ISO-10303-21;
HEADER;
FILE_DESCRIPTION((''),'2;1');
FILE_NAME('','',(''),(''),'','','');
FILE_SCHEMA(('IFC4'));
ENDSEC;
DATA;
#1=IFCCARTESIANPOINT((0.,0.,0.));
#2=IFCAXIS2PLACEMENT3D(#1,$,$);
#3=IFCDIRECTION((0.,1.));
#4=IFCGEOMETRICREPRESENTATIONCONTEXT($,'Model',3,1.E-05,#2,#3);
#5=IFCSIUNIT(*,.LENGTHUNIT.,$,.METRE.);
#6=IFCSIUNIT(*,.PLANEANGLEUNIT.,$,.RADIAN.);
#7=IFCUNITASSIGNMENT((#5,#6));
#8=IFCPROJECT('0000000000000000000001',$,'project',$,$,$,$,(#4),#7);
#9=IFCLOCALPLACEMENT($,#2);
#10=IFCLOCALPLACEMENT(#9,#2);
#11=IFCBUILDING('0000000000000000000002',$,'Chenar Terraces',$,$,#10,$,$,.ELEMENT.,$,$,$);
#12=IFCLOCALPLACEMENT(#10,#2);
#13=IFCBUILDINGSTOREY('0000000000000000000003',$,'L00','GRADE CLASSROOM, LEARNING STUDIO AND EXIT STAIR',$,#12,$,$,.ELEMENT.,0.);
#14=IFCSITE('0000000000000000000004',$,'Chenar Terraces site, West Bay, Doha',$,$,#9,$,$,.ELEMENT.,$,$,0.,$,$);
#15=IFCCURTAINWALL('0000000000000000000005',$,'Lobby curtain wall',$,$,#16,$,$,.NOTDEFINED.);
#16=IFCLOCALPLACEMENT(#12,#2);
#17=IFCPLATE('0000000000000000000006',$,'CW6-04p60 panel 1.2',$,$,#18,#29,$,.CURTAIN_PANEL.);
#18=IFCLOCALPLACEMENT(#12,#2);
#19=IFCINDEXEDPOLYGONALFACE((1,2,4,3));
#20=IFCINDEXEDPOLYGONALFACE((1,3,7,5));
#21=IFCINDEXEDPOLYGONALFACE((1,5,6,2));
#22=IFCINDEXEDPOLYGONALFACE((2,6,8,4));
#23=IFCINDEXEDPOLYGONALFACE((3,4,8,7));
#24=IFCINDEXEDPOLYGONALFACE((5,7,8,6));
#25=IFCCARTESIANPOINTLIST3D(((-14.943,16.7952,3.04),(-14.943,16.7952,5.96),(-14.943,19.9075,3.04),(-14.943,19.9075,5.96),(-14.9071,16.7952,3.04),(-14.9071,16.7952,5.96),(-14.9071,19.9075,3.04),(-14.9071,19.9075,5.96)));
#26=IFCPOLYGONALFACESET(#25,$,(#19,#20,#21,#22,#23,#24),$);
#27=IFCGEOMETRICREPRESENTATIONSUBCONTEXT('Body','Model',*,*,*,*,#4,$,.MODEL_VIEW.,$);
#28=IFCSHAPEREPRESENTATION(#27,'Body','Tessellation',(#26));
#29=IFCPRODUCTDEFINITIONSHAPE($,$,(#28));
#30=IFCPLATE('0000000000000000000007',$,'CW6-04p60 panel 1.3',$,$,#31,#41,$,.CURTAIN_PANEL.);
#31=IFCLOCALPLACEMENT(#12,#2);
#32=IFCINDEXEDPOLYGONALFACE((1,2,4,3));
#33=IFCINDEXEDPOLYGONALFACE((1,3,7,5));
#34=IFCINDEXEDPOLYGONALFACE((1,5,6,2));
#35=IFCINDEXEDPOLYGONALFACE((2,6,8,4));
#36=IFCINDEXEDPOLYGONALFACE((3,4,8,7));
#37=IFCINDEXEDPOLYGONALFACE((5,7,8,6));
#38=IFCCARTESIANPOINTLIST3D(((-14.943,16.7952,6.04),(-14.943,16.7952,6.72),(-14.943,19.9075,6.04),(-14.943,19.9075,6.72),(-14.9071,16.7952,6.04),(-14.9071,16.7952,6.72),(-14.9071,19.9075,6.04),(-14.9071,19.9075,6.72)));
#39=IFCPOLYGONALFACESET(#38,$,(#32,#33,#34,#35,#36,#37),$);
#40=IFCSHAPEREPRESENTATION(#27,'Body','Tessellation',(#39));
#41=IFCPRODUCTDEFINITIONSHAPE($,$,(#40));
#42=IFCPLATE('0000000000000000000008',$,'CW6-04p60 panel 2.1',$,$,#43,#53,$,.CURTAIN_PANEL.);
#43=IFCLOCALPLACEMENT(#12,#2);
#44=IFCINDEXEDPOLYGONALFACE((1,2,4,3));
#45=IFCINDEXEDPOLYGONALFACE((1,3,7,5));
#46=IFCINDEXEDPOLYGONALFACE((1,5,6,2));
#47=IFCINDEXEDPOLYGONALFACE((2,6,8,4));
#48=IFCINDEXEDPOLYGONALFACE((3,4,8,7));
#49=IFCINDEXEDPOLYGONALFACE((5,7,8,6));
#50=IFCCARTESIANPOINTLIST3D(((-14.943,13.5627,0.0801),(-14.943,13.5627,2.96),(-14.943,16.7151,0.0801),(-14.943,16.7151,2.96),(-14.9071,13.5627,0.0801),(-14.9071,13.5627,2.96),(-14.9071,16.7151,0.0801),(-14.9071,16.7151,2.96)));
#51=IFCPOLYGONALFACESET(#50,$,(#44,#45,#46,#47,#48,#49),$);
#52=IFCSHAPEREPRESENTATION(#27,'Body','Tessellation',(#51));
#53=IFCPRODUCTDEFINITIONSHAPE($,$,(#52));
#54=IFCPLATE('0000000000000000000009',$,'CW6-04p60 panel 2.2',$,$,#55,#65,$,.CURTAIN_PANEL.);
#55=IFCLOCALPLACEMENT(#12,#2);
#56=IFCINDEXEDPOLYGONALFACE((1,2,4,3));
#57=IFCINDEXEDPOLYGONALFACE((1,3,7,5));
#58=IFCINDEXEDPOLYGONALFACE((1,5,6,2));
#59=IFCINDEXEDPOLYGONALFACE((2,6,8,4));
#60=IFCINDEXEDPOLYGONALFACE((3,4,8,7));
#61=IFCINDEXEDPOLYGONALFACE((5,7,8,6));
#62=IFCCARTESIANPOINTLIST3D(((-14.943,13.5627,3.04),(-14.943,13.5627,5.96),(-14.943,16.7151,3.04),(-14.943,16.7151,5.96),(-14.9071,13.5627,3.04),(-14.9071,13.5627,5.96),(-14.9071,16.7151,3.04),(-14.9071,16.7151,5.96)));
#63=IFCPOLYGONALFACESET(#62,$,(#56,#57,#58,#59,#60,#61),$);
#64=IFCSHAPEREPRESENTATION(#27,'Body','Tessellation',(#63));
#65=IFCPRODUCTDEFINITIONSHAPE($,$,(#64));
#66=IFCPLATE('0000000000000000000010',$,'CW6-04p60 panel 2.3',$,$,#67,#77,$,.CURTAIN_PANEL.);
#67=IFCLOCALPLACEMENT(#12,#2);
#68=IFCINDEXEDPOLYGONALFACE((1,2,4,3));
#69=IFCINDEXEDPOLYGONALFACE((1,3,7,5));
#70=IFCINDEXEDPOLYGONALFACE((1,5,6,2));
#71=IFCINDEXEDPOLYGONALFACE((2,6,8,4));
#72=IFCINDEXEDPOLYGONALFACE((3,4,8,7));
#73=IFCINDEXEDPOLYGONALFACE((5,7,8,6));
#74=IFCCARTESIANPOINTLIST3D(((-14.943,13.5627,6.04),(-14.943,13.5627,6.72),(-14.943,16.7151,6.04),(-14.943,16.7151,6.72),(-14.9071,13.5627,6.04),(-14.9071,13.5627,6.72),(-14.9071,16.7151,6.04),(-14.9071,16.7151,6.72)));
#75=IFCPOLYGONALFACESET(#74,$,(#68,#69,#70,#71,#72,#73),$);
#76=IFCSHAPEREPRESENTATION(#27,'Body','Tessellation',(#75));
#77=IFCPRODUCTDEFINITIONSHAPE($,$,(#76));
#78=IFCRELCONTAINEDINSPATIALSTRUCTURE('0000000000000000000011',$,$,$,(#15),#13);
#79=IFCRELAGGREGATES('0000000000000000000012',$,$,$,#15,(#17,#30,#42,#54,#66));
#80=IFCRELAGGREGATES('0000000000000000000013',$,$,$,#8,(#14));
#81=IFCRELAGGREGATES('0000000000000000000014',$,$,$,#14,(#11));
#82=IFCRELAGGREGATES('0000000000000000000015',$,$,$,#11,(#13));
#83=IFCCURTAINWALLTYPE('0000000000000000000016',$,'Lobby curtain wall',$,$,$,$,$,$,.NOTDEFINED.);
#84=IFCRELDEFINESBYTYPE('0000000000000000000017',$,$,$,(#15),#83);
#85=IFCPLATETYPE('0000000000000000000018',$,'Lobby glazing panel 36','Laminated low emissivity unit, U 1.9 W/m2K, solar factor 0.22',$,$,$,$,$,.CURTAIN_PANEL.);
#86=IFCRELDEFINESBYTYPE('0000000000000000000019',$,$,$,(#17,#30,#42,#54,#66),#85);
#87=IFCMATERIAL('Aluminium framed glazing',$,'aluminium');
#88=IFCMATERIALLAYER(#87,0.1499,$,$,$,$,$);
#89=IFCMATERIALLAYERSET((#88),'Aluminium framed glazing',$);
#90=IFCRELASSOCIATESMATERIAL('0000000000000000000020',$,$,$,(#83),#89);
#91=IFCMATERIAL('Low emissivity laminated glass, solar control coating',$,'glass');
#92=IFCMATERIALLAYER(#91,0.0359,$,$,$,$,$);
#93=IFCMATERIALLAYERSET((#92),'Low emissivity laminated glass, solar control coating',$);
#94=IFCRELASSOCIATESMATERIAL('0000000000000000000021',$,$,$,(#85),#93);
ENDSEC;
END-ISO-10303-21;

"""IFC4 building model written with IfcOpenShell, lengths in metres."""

from ifc_helpers import new_model, si_unit, direction, frame, origin, origin_2d, place, context, subcontext, project, spatial, rectangle, extrude, material, layer, layer_set, type_object, element, aggregate, save


model = new_model("IFC4")

# Units and contexts
model_context = context("Model", 3, precision=1e-05, world=origin(), true_north=direction((0.0, 1.0)))
body_context = subcontext(model_context, "Body", "Model", "MODEL_VIEW")
ifc_project = project(units=[si_unit("LENGTHUNIT", "METRE"), si_unit("PLANEANGLEUNIT", "RADIAN")], contexts=[model_context])

# Site, building, storey
site_placement = place(None, origin())
site = spatial("IfcSite", under=ifc_project, at=site_placement, Name="Chenar Terraces site, West Bay, Doha", CompositionType="ELEMENT", RefElevation=0.0)
building_placement = place(site_placement, origin())
building = spatial("IfcBuilding", under=site, at=building_placement, Name="Chenar Terraces", CompositionType="ELEMENT")
storey_placement = place(building_placement, origin())
storey = spatial("IfcBuildingStorey", under=building, at=storey_placement, Name="L00", Description="GRADE CLASSROOM, LEARNING STUDIO AND EXIT STAIR", CompositionType="ELEMENT", Elevation=0.0)

# Curtain wall, plates
ifc_material_1 = material(Name="Aluminium framed glazing", Category="aluminium")
ifc_layer_1 = layer(ifc_material_1, 0.1499)
ifc_layer_set_1 = layer_set([ifc_layer_1], Name="Aluminium framed glazing")
curtain_wall_type = type_object("IfcCurtainWallType", Name="Lobby curtain wall", PredefinedType="NOTDEFINED", material=ifc_layer_set_1)
curtain_wall_placement = place(storey_placement, origin())
curtain_wall = element("IfcCurtainWall", 1, at=curtain_wall_placement, inside=storey, type_object=curtain_wall_type, Name="Lobby curtain wall", PredefinedType="NOTDEFINED")
ifc_material_2 = material(Name="Low emissivity laminated glass, solar control coating", Category="glass")
ifc_layer_2 = layer(ifc_material_2, 0.0359)
ifc_layer_set_2 = layer_set([ifc_layer_2], Name="Low emissivity laminated glass, solar control coating")
plate_type = type_object("IfcPlateType", Name="Lobby glazing panel 36", Description="Laminated low emissivity unit, U 1.9 W/m2K, solar factor 0.22", PredefinedType="CURTAIN_PANEL", material=ifc_layer_set_2)
plate_1_placement = place(storey_placement, frame((-14.925, 18.3513, 3.04), z_axis=(0.0, 0.0, 1.0), x_axis=(0.0, -1.0, 0.0)))
plate_1 = element("IfcPlate", 2, at=plate_1_placement, type_object=plate_type, Name="CW6-04p60 panel 1.2", PredefinedType="CURTAIN_PANEL", context=body_context, shape_type="SweptSolid", body=[
    extrude(rectangle(XDim=3.1123, YDim=0.0359, at=origin_2d()), origin(), (0.0, 0.0, 1.0), 2.9199),
])
plate_2_placement = place(storey_placement, frame((-14.925, 18.3513, 6.04), z_axis=(0.0, 0.0, 1.0), x_axis=(0.0, -1.0, 0.0)))
plate_2 = element("IfcPlate", 3, at=plate_2_placement, type_object=plate_type, Name="CW6-04p60 panel 1.3", PredefinedType="CURTAIN_PANEL", context=body_context, shape_type="SweptSolid", body=[
    extrude(rectangle(XDim=3.1123, YDim=0.0359, at=origin_2d()), origin(), (0.0, 0.0, 1.0), 0.6799),
])
plate_3_placement = place(storey_placement, frame((-14.925, 15.1389, 0.0801), z_axis=(0.0, 0.0, 1.0), x_axis=(0.0, -1.0, 0.0)))
plate_3 = element("IfcPlate", 4, at=plate_3_placement, type_object=plate_type, Name="CW6-04p60 panel 2.1", PredefinedType="CURTAIN_PANEL", context=body_context, shape_type="SweptSolid", body=[
    extrude(rectangle(XDim=3.1523, YDim=0.0359, at=origin_2d()), origin(), (0.0, 0.0, 1.0), 2.8799),
])
plate_4_placement = place(storey_placement, frame((-14.925, 15.1389, 3.04), z_axis=(0.0, 0.0, 1.0), x_axis=(0.0, -1.0, 0.0)))
plate_4 = element("IfcPlate", 5, at=plate_4_placement, type_object=plate_type, Name="CW6-04p60 panel 2.2", PredefinedType="CURTAIN_PANEL", context=body_context, shape_type="SweptSolid", body=[
    extrude(rectangle(XDim=3.1523, YDim=0.0359, at=origin_2d()), origin(), (0.0, 0.0, 1.0), 2.9199),
])
plate_5_placement = place(storey_placement, frame((-14.925, 15.1389, 6.04), z_axis=(0.0, 0.0, 1.0), x_axis=(0.0, -1.0, 0.0)))
plate_5 = element("IfcPlate", 6, at=plate_5_placement, type_object=plate_type, Name="CW6-04p60 panel 2.3", PredefinedType="CURTAIN_PANEL", context=body_context, shape_type="SweptSolid", body=[
    extrude(rectangle(XDim=3.1523, YDim=0.0359, at=origin_2d()), origin(), (0.0, 0.0, 1.0), 0.6799),
])
aggregate(curtain_wall, [plate_1, plate_2, plate_3, plate_4, plate_5])

save(model, "model.ifc")
